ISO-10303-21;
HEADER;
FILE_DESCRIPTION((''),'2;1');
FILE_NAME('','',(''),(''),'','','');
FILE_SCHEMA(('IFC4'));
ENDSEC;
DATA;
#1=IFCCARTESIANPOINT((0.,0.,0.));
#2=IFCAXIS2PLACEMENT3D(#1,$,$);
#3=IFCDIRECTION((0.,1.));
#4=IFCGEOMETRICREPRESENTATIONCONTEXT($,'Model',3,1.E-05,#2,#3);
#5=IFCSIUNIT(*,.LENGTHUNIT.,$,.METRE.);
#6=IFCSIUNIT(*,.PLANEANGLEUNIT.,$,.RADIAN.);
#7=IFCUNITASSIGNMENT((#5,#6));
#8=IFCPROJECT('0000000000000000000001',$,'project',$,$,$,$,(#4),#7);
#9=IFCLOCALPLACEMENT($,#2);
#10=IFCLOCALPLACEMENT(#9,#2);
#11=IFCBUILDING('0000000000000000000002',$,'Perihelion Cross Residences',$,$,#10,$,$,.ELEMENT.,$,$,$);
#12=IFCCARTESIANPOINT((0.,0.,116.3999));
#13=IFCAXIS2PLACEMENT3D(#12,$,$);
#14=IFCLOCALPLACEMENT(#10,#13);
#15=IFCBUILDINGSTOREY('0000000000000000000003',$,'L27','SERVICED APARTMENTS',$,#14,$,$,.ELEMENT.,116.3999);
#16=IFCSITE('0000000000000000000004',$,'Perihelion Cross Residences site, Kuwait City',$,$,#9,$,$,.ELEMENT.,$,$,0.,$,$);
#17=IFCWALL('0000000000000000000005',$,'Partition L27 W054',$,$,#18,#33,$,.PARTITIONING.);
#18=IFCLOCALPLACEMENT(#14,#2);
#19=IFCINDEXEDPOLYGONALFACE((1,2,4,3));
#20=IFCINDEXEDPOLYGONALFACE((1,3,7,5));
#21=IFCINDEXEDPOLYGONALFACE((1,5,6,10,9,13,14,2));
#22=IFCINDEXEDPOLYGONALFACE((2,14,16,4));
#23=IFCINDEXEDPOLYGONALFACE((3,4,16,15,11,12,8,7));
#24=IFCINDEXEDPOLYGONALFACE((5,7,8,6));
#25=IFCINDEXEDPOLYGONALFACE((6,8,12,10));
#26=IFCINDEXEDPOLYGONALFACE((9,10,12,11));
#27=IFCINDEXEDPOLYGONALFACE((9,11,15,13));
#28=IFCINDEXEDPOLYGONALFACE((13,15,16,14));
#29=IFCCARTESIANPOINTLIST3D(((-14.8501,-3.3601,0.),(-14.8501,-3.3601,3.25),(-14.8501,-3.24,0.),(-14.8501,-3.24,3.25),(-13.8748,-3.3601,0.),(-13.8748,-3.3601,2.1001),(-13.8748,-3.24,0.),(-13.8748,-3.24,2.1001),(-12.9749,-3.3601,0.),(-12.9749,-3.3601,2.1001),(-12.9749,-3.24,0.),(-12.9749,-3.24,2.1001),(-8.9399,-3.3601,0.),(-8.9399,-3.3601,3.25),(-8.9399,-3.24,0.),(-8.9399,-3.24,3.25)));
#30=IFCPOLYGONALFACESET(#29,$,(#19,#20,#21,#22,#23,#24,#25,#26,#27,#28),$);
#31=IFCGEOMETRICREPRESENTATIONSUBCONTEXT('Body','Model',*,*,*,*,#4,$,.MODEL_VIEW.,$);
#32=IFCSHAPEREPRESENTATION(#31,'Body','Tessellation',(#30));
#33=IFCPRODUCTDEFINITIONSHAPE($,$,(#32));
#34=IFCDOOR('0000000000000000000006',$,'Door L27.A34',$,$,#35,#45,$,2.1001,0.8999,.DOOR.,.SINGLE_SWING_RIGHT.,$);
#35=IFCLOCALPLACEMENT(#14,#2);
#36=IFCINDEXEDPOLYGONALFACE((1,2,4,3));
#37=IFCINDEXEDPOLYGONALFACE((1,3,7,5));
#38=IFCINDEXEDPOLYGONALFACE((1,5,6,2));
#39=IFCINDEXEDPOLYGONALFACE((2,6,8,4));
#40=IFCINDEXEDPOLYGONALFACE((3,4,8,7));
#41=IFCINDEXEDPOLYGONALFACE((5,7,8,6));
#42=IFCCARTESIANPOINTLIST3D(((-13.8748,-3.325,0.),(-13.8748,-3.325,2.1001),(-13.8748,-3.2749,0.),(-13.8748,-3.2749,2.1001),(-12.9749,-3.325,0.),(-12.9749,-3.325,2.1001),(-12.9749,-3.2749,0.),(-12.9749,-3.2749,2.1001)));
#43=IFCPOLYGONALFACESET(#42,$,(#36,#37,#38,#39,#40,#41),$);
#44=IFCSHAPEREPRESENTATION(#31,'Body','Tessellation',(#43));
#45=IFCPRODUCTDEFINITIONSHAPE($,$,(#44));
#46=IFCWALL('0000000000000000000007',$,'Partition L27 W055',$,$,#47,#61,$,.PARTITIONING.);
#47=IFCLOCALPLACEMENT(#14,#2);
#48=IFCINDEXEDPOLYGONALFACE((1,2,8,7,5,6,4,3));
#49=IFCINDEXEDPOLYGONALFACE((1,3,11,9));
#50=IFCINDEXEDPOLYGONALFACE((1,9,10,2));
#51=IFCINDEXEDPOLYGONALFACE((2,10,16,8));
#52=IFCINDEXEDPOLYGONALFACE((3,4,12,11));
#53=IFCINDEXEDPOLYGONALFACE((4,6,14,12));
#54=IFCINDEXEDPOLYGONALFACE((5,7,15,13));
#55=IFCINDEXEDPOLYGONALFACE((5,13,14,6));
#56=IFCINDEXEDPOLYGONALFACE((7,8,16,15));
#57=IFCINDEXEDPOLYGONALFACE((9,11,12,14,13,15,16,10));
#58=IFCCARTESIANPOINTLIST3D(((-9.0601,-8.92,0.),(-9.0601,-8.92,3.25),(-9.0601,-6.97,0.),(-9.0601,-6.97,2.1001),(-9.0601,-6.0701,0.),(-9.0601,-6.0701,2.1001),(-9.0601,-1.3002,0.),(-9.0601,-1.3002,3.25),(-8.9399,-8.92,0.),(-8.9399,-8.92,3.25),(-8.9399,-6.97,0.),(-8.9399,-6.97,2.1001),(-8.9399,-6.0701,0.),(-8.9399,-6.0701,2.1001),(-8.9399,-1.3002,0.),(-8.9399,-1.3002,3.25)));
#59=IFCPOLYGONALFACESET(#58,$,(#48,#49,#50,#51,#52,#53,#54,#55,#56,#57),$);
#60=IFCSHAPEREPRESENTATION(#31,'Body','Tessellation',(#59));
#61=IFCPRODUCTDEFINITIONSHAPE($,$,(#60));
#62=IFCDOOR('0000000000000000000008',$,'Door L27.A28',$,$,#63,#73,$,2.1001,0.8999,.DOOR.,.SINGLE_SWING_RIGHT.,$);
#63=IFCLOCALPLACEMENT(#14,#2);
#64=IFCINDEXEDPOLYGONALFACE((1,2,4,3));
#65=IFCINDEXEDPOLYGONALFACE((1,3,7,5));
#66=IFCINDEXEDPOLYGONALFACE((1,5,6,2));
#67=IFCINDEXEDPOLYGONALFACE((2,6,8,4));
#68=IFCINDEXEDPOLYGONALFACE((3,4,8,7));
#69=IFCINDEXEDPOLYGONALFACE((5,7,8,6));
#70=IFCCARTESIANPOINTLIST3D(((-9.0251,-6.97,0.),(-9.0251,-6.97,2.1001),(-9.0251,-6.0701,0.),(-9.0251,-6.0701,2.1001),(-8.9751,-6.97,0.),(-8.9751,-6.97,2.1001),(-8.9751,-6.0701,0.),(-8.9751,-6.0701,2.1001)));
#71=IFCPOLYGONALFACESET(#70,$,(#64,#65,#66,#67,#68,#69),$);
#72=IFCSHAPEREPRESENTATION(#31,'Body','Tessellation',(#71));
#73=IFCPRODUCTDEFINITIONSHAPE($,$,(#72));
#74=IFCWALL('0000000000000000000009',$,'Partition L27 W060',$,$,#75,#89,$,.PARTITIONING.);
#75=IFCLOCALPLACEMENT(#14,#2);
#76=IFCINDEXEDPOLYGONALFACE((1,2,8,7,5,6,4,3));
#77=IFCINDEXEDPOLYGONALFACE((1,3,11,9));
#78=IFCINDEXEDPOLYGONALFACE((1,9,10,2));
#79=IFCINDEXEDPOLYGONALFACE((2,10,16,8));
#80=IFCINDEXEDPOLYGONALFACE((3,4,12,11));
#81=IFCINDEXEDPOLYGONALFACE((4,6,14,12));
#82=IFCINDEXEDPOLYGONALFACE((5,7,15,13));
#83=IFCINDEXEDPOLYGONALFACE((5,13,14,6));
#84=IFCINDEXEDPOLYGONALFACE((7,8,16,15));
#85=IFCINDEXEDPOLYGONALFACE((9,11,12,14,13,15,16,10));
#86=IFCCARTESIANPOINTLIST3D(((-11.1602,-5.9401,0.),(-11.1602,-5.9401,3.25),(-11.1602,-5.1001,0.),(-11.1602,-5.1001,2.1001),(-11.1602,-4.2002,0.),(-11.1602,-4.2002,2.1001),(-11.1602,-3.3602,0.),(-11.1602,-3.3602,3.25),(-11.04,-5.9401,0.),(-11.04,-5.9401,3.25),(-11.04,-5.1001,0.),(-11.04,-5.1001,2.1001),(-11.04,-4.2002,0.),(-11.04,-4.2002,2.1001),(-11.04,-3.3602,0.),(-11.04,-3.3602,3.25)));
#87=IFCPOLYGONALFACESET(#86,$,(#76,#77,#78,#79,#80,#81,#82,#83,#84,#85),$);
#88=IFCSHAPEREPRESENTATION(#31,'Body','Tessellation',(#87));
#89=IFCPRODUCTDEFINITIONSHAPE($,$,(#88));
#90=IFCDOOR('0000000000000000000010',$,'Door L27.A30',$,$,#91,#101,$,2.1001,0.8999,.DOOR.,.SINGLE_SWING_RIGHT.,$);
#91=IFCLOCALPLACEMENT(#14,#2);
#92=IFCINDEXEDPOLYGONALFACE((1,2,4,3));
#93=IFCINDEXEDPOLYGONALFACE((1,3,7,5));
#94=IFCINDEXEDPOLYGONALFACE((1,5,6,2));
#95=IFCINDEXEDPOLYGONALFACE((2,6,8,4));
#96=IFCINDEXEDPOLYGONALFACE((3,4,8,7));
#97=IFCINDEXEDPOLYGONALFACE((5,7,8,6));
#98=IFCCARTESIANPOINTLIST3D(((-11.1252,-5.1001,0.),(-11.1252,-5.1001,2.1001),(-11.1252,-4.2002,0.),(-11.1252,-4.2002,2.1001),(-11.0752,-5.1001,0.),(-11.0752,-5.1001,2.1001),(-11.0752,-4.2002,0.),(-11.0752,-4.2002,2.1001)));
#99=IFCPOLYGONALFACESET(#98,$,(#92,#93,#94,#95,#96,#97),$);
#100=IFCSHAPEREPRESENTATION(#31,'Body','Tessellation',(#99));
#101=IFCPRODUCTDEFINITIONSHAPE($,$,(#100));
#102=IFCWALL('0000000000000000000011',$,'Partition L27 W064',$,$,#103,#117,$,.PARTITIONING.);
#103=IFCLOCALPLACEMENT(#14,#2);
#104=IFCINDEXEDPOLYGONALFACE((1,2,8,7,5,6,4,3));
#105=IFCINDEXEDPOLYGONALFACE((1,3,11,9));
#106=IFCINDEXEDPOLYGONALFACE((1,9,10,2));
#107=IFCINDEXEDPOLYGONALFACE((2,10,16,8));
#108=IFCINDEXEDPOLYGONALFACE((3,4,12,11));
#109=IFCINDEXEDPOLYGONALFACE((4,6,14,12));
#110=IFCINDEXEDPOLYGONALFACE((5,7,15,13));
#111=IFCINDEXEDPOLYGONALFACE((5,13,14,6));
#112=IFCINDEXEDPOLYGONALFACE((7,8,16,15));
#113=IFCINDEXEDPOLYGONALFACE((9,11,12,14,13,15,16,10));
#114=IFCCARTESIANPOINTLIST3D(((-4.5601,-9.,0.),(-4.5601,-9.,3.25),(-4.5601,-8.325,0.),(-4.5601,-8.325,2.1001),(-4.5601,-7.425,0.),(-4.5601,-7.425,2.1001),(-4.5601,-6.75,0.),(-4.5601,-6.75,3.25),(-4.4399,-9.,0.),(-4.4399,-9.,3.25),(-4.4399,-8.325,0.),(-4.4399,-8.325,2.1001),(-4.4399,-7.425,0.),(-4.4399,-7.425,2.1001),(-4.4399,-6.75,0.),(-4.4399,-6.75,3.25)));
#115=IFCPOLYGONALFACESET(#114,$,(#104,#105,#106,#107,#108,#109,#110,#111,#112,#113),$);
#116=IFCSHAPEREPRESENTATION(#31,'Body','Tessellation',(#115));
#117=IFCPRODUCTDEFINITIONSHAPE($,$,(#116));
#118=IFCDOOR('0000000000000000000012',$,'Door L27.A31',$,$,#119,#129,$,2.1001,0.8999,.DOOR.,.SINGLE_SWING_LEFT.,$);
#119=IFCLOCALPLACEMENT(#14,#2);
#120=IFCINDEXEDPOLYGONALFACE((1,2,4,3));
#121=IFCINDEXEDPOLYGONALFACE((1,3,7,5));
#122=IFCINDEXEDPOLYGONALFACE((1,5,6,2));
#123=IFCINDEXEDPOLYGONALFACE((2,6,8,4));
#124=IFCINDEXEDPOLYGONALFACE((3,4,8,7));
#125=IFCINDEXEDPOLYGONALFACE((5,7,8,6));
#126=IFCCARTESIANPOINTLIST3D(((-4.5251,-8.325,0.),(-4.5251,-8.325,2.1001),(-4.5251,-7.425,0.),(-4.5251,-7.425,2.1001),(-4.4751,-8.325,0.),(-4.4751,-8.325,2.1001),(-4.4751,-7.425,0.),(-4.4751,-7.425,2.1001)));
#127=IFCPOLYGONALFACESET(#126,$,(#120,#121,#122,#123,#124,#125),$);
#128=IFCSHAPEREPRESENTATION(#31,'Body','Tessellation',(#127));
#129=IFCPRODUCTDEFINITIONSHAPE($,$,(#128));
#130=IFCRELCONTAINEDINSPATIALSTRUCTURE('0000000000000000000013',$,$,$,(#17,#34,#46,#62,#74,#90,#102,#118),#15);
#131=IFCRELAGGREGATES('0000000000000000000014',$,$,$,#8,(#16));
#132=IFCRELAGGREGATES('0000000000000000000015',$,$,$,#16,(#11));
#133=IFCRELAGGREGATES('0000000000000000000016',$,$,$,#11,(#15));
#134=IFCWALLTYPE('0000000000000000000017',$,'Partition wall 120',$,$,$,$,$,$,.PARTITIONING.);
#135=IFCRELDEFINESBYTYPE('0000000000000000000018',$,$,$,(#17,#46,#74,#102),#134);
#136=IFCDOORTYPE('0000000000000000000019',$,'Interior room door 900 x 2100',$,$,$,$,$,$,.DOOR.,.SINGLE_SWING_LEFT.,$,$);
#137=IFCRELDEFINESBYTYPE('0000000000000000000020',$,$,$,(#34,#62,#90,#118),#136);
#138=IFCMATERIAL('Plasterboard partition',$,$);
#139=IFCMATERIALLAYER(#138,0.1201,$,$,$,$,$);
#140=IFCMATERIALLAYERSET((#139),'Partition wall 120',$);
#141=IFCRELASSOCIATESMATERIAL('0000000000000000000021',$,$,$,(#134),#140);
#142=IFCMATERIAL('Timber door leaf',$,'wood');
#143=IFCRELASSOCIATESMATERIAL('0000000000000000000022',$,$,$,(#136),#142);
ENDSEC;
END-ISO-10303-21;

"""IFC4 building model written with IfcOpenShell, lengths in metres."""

from ifc_helpers import new_model, si_unit, direction, frame, frame_2d, origin, place, context, subcontext, project, spatial, rectangle, extrude, material, layer, layer_set, type_object, element, fill, save


model = new_model("IFC4")

# Units and contexts
model_context = context("Model", 3, precision=1e-05, world=origin(), true_north=direction((0.0, 1.0)))
body_context = subcontext(model_context, "Body", "Model", "MODEL_VIEW")
ifc_project = project(units=[si_unit("LENGTHUNIT", "METRE"), si_unit("PLANEANGLEUNIT", "RADIAN")], contexts=[model_context])

# Site, building, storey
site_placement = place(None, origin())
site = spatial("IfcSite", under=ifc_project, at=site_placement, Name="Perihelion Cross Residences site, Kuwait City", CompositionType="ELEMENT", RefElevation=0.0)
building_placement = place(site_placement, origin())
building = spatial("IfcBuilding", under=site, at=building_placement, Name="Perihelion Cross Residences", CompositionType="ELEMENT")
storey_placement = place(building_placement, frame((0.0, 0.0, 116.3999)))
storey = spatial("IfcBuildingStorey", under=building, at=storey_placement, Name="L27", Description="SERVICED APARTMENTS", CompositionType="ELEMENT", Elevation=116.3999)

# Walls, openings, doors
ifc_material_1 = material(Name="Plasterboard partition")
ifc_layer_1 = layer(ifc_material_1, 0.1201)
ifc_layer_set_1 = layer_set([ifc_layer_1], Name="Partition wall 120")
wall_type_1 = type_object("IfcWallType", Name="Partition wall 120", PredefinedType="PARTITIONING", material=ifc_layer_set_1)
wall_1_placement = place(storey_placement, frame((-8.9399, -3.3, 0.0), z_axis=(0.0, 0.0, 1.0), x_axis=(-1.0, 0.0, 0.0)))
wall_1 = element("IfcWall", 1, at=wall_1_placement, inside=storey, type_object=wall_type_1, Name="Partition L27 W054", PredefinedType="PARTITIONING", context=body_context, shape_type="SweptSolid", body=[
    extrude(rectangle(XDim=5.9102, YDim=0.1201, at=frame_2d((2.9551, 0.0))), origin(), (0.0, 0.0, 1.0), 3.25),
])
opening_1_placement = place(wall_1_placement, frame((4.0349, 0.0, 0.0)))
opening_1 = element("IfcOpeningElement", 2, at=opening_1_placement, cuts=wall_1, PredefinedType="OPENING", context=body_context, shape_type="SweptSolid", body=[
    extrude(rectangle(XDim=0.8999, YDim=2.1001, at=frame_2d((0.45, 1.05))), frame((0.0, 0.0701, 0.0), z_axis=(0.0, -1.0, 0.0), x_axis=(1.0, 0.0, 0.0)), (0.0, 0.0, 1.0), 0.1401),
])
ifc_material_2 = material(Name="Timber door leaf", Category="wood")
door_type = type_object("IfcDoorType", Name="Interior room door 900 x 2100", OperationType="SINGLE_SWING_LEFT", PredefinedType="DOOR", material=ifc_material_2)
door_1_placement = place(opening_1_placement, origin())
door_1 = element("IfcDoor", 3, at=door_1_placement, inside=storey, type_object=door_type, Name="Door L27.A34", OperationType="SINGLE_SWING_RIGHT", OverallHeight=2.1001, OverallWidth=0.8999, PredefinedType="DOOR", context=body_context, shape_type="SweptSolid", body=[
    extrude(rectangle(XDim=0.8999, YDim=2.1001, at=frame_2d((0.45, 1.05))), frame((0.0, 0.0249, 0.0), z_axis=(0.0, -1.0, 0.0), x_axis=(1.0, 0.0, 0.0)), (0.0, 0.0, 1.0), 0.05),
])
fill(opening_1, door_1)
wall_2_placement = place(storey_placement, frame((-9.0, -1.3, 0.0), z_axis=(0.0, 0.0, 1.0), x_axis=(0.0, -1.0, 0.0)))
wall_2 = element("IfcWall", 4, at=wall_2_placement, inside=storey, type_object=wall_type_1, Name="Partition L27 W055", PredefinedType="PARTITIONING", context=body_context, shape_type="SweptSolid", body=[
    extrude(rectangle(XDim=7.6199, YDim=0.1201, at=frame_2d((3.8101, 0.0))), origin(), (0.0, 0.0, 1.0), 3.25),
])
opening_2_placement = place(wall_2_placement, frame((4.77, 0.0, 0.0)))
opening_2 = element("IfcOpeningElement", 5, at=opening_2_placement, cuts=wall_2, PredefinedType="OPENING", context=body_context, shape_type="SweptSolid", body=[
    extrude(rectangle(XDim=0.8999, YDim=2.1001, at=frame_2d((0.45, 1.05))), frame((0.0, 0.0701, 0.0), z_axis=(0.0, -1.0, 0.0), x_axis=(1.0, 0.0, 0.0)), (0.0, 0.0, 1.0), 0.1401),
])
door_2_placement = place(opening_2_placement, origin())
door_2 = element("IfcDoor", 6, at=door_2_placement, inside=storey, type_object=door_type, Name="Door L27.A28", OperationType="SINGLE_SWING_RIGHT", OverallHeight=2.1001, OverallWidth=0.8999, PredefinedType="DOOR", context=body_context, shape_type="SweptSolid", body=[
    extrude(rectangle(XDim=0.8999, YDim=2.1001, at=frame_2d((0.45, 1.05))), frame((0.0, 0.0249, 0.0), z_axis=(0.0, -1.0, 0.0), x_axis=(1.0, 0.0, 0.0)), (0.0, 0.0, 1.0), 0.05),
])
fill(opening_2, door_2)
wall_3_placement = place(storey_placement, frame((-11.1001, -3.3601, 0.0), z_axis=(0.0, 0.0, 1.0), x_axis=(0.0, -1.0, 0.0)))
wall_3 = element("IfcWall", 7, at=wall_3_placement, inside=storey, type_object=wall_type_1, Name="Partition L27 W060", PredefinedType="PARTITIONING", context=body_context, shape_type="SweptSolid", body=[
    extrude(rectangle(XDim=2.5798, YDim=0.1201, at=frame_2d((1.29, 0.0))), origin(), (0.0, 0.0, 1.0), 3.25),
])
opening_3_placement = place(wall_3_placement, frame((0.8401, 0.0, 0.0)))
opening_3 = element("IfcOpeningElement", 8, at=opening_3_placement, cuts=wall_3, PredefinedType="OPENING", context=body_context, shape_type="SweptSolid", body=[
    extrude(rectangle(XDim=0.8999, YDim=2.1001, at=frame_2d((0.45, 1.05))), frame((0.0, 0.0701, 0.0), z_axis=(0.0, -1.0, 0.0), x_axis=(1.0, 0.0, 0.0)), (0.0, 0.0, 1.0), 0.1401),
])
door_3_placement = place(opening_3_placement, origin())
door_3 = element("IfcDoor", 9, at=door_3_placement, inside=storey, type_object=door_type, Name="Door L27.A30", OperationType="SINGLE_SWING_RIGHT", OverallHeight=2.1001, OverallWidth=0.8999, PredefinedType="DOOR", context=body_context, shape_type="SweptSolid", body=[
    extrude(rectangle(XDim=0.8999, YDim=2.1001, at=frame_2d((0.45, 1.05))), frame((0.0, 0.0249, 0.0), z_axis=(0.0, -1.0, 0.0), x_axis=(1.0, 0.0, 0.0)), (0.0, 0.0, 1.0), 0.05),
])
fill(opening_3, door_3)
wall_4_placement = place(storey_placement, frame((-4.5, -6.75, 0.0), z_axis=(0.0, 0.0, 1.0), x_axis=(0.0, -1.0, 0.0)))
wall_4 = element("IfcWall", 10, at=wall_4_placement, inside=storey, type_object=wall_type_1, Name="Partition L27 W064", PredefinedType="PARTITIONING", context=body_context, shape_type="SweptSolid", body=[
    extrude(rectangle(XDim=2.25, YDim=0.1201, at=frame_2d((1.125, 0.0))), origin(), (0.0, 0.0, 1.0), 3.25),
])
opening_4_placement = place(wall_4_placement, frame((0.675, 0.0, 0.0)))
opening_4 = element("IfcOpeningElement", 11, at=opening_4_placement, cuts=wall_4, PredefinedType="OPENING", context=body_context, shape_type="SweptSolid", body=[
    extrude(rectangle(XDim=0.8999, YDim=2.1001, at=frame_2d((0.45, 1.05))), frame((0.0, 0.0701, 0.0), z_axis=(0.0, -1.0, 0.0), x_axis=(1.0, 0.0, 0.0)), (0.0, 0.0, 1.0), 0.1401),
])
door_4_placement = place(opening_4_placement, origin())
door_4 = element("IfcDoor", 12, at=door_4_placement, inside=storey, type_object=door_type, Name="Door L27.A31", OperationType="SINGLE_SWING_LEFT", OverallHeight=2.1001, OverallWidth=0.8999, PredefinedType="DOOR", context=body_context, shape_type="SweptSolid", body=[
    extrude(rectangle(XDim=0.8999, YDim=2.1001, at=frame_2d((0.45, 1.05))), frame((0.0, 0.0249, 0.0), z_axis=(0.0, -1.0, 0.0), x_axis=(1.0, 0.0, 0.0)), (0.0, 0.0, 1.0), 0.05),
])
fill(opening_4, door_4)

save(model, "model.ifc")
